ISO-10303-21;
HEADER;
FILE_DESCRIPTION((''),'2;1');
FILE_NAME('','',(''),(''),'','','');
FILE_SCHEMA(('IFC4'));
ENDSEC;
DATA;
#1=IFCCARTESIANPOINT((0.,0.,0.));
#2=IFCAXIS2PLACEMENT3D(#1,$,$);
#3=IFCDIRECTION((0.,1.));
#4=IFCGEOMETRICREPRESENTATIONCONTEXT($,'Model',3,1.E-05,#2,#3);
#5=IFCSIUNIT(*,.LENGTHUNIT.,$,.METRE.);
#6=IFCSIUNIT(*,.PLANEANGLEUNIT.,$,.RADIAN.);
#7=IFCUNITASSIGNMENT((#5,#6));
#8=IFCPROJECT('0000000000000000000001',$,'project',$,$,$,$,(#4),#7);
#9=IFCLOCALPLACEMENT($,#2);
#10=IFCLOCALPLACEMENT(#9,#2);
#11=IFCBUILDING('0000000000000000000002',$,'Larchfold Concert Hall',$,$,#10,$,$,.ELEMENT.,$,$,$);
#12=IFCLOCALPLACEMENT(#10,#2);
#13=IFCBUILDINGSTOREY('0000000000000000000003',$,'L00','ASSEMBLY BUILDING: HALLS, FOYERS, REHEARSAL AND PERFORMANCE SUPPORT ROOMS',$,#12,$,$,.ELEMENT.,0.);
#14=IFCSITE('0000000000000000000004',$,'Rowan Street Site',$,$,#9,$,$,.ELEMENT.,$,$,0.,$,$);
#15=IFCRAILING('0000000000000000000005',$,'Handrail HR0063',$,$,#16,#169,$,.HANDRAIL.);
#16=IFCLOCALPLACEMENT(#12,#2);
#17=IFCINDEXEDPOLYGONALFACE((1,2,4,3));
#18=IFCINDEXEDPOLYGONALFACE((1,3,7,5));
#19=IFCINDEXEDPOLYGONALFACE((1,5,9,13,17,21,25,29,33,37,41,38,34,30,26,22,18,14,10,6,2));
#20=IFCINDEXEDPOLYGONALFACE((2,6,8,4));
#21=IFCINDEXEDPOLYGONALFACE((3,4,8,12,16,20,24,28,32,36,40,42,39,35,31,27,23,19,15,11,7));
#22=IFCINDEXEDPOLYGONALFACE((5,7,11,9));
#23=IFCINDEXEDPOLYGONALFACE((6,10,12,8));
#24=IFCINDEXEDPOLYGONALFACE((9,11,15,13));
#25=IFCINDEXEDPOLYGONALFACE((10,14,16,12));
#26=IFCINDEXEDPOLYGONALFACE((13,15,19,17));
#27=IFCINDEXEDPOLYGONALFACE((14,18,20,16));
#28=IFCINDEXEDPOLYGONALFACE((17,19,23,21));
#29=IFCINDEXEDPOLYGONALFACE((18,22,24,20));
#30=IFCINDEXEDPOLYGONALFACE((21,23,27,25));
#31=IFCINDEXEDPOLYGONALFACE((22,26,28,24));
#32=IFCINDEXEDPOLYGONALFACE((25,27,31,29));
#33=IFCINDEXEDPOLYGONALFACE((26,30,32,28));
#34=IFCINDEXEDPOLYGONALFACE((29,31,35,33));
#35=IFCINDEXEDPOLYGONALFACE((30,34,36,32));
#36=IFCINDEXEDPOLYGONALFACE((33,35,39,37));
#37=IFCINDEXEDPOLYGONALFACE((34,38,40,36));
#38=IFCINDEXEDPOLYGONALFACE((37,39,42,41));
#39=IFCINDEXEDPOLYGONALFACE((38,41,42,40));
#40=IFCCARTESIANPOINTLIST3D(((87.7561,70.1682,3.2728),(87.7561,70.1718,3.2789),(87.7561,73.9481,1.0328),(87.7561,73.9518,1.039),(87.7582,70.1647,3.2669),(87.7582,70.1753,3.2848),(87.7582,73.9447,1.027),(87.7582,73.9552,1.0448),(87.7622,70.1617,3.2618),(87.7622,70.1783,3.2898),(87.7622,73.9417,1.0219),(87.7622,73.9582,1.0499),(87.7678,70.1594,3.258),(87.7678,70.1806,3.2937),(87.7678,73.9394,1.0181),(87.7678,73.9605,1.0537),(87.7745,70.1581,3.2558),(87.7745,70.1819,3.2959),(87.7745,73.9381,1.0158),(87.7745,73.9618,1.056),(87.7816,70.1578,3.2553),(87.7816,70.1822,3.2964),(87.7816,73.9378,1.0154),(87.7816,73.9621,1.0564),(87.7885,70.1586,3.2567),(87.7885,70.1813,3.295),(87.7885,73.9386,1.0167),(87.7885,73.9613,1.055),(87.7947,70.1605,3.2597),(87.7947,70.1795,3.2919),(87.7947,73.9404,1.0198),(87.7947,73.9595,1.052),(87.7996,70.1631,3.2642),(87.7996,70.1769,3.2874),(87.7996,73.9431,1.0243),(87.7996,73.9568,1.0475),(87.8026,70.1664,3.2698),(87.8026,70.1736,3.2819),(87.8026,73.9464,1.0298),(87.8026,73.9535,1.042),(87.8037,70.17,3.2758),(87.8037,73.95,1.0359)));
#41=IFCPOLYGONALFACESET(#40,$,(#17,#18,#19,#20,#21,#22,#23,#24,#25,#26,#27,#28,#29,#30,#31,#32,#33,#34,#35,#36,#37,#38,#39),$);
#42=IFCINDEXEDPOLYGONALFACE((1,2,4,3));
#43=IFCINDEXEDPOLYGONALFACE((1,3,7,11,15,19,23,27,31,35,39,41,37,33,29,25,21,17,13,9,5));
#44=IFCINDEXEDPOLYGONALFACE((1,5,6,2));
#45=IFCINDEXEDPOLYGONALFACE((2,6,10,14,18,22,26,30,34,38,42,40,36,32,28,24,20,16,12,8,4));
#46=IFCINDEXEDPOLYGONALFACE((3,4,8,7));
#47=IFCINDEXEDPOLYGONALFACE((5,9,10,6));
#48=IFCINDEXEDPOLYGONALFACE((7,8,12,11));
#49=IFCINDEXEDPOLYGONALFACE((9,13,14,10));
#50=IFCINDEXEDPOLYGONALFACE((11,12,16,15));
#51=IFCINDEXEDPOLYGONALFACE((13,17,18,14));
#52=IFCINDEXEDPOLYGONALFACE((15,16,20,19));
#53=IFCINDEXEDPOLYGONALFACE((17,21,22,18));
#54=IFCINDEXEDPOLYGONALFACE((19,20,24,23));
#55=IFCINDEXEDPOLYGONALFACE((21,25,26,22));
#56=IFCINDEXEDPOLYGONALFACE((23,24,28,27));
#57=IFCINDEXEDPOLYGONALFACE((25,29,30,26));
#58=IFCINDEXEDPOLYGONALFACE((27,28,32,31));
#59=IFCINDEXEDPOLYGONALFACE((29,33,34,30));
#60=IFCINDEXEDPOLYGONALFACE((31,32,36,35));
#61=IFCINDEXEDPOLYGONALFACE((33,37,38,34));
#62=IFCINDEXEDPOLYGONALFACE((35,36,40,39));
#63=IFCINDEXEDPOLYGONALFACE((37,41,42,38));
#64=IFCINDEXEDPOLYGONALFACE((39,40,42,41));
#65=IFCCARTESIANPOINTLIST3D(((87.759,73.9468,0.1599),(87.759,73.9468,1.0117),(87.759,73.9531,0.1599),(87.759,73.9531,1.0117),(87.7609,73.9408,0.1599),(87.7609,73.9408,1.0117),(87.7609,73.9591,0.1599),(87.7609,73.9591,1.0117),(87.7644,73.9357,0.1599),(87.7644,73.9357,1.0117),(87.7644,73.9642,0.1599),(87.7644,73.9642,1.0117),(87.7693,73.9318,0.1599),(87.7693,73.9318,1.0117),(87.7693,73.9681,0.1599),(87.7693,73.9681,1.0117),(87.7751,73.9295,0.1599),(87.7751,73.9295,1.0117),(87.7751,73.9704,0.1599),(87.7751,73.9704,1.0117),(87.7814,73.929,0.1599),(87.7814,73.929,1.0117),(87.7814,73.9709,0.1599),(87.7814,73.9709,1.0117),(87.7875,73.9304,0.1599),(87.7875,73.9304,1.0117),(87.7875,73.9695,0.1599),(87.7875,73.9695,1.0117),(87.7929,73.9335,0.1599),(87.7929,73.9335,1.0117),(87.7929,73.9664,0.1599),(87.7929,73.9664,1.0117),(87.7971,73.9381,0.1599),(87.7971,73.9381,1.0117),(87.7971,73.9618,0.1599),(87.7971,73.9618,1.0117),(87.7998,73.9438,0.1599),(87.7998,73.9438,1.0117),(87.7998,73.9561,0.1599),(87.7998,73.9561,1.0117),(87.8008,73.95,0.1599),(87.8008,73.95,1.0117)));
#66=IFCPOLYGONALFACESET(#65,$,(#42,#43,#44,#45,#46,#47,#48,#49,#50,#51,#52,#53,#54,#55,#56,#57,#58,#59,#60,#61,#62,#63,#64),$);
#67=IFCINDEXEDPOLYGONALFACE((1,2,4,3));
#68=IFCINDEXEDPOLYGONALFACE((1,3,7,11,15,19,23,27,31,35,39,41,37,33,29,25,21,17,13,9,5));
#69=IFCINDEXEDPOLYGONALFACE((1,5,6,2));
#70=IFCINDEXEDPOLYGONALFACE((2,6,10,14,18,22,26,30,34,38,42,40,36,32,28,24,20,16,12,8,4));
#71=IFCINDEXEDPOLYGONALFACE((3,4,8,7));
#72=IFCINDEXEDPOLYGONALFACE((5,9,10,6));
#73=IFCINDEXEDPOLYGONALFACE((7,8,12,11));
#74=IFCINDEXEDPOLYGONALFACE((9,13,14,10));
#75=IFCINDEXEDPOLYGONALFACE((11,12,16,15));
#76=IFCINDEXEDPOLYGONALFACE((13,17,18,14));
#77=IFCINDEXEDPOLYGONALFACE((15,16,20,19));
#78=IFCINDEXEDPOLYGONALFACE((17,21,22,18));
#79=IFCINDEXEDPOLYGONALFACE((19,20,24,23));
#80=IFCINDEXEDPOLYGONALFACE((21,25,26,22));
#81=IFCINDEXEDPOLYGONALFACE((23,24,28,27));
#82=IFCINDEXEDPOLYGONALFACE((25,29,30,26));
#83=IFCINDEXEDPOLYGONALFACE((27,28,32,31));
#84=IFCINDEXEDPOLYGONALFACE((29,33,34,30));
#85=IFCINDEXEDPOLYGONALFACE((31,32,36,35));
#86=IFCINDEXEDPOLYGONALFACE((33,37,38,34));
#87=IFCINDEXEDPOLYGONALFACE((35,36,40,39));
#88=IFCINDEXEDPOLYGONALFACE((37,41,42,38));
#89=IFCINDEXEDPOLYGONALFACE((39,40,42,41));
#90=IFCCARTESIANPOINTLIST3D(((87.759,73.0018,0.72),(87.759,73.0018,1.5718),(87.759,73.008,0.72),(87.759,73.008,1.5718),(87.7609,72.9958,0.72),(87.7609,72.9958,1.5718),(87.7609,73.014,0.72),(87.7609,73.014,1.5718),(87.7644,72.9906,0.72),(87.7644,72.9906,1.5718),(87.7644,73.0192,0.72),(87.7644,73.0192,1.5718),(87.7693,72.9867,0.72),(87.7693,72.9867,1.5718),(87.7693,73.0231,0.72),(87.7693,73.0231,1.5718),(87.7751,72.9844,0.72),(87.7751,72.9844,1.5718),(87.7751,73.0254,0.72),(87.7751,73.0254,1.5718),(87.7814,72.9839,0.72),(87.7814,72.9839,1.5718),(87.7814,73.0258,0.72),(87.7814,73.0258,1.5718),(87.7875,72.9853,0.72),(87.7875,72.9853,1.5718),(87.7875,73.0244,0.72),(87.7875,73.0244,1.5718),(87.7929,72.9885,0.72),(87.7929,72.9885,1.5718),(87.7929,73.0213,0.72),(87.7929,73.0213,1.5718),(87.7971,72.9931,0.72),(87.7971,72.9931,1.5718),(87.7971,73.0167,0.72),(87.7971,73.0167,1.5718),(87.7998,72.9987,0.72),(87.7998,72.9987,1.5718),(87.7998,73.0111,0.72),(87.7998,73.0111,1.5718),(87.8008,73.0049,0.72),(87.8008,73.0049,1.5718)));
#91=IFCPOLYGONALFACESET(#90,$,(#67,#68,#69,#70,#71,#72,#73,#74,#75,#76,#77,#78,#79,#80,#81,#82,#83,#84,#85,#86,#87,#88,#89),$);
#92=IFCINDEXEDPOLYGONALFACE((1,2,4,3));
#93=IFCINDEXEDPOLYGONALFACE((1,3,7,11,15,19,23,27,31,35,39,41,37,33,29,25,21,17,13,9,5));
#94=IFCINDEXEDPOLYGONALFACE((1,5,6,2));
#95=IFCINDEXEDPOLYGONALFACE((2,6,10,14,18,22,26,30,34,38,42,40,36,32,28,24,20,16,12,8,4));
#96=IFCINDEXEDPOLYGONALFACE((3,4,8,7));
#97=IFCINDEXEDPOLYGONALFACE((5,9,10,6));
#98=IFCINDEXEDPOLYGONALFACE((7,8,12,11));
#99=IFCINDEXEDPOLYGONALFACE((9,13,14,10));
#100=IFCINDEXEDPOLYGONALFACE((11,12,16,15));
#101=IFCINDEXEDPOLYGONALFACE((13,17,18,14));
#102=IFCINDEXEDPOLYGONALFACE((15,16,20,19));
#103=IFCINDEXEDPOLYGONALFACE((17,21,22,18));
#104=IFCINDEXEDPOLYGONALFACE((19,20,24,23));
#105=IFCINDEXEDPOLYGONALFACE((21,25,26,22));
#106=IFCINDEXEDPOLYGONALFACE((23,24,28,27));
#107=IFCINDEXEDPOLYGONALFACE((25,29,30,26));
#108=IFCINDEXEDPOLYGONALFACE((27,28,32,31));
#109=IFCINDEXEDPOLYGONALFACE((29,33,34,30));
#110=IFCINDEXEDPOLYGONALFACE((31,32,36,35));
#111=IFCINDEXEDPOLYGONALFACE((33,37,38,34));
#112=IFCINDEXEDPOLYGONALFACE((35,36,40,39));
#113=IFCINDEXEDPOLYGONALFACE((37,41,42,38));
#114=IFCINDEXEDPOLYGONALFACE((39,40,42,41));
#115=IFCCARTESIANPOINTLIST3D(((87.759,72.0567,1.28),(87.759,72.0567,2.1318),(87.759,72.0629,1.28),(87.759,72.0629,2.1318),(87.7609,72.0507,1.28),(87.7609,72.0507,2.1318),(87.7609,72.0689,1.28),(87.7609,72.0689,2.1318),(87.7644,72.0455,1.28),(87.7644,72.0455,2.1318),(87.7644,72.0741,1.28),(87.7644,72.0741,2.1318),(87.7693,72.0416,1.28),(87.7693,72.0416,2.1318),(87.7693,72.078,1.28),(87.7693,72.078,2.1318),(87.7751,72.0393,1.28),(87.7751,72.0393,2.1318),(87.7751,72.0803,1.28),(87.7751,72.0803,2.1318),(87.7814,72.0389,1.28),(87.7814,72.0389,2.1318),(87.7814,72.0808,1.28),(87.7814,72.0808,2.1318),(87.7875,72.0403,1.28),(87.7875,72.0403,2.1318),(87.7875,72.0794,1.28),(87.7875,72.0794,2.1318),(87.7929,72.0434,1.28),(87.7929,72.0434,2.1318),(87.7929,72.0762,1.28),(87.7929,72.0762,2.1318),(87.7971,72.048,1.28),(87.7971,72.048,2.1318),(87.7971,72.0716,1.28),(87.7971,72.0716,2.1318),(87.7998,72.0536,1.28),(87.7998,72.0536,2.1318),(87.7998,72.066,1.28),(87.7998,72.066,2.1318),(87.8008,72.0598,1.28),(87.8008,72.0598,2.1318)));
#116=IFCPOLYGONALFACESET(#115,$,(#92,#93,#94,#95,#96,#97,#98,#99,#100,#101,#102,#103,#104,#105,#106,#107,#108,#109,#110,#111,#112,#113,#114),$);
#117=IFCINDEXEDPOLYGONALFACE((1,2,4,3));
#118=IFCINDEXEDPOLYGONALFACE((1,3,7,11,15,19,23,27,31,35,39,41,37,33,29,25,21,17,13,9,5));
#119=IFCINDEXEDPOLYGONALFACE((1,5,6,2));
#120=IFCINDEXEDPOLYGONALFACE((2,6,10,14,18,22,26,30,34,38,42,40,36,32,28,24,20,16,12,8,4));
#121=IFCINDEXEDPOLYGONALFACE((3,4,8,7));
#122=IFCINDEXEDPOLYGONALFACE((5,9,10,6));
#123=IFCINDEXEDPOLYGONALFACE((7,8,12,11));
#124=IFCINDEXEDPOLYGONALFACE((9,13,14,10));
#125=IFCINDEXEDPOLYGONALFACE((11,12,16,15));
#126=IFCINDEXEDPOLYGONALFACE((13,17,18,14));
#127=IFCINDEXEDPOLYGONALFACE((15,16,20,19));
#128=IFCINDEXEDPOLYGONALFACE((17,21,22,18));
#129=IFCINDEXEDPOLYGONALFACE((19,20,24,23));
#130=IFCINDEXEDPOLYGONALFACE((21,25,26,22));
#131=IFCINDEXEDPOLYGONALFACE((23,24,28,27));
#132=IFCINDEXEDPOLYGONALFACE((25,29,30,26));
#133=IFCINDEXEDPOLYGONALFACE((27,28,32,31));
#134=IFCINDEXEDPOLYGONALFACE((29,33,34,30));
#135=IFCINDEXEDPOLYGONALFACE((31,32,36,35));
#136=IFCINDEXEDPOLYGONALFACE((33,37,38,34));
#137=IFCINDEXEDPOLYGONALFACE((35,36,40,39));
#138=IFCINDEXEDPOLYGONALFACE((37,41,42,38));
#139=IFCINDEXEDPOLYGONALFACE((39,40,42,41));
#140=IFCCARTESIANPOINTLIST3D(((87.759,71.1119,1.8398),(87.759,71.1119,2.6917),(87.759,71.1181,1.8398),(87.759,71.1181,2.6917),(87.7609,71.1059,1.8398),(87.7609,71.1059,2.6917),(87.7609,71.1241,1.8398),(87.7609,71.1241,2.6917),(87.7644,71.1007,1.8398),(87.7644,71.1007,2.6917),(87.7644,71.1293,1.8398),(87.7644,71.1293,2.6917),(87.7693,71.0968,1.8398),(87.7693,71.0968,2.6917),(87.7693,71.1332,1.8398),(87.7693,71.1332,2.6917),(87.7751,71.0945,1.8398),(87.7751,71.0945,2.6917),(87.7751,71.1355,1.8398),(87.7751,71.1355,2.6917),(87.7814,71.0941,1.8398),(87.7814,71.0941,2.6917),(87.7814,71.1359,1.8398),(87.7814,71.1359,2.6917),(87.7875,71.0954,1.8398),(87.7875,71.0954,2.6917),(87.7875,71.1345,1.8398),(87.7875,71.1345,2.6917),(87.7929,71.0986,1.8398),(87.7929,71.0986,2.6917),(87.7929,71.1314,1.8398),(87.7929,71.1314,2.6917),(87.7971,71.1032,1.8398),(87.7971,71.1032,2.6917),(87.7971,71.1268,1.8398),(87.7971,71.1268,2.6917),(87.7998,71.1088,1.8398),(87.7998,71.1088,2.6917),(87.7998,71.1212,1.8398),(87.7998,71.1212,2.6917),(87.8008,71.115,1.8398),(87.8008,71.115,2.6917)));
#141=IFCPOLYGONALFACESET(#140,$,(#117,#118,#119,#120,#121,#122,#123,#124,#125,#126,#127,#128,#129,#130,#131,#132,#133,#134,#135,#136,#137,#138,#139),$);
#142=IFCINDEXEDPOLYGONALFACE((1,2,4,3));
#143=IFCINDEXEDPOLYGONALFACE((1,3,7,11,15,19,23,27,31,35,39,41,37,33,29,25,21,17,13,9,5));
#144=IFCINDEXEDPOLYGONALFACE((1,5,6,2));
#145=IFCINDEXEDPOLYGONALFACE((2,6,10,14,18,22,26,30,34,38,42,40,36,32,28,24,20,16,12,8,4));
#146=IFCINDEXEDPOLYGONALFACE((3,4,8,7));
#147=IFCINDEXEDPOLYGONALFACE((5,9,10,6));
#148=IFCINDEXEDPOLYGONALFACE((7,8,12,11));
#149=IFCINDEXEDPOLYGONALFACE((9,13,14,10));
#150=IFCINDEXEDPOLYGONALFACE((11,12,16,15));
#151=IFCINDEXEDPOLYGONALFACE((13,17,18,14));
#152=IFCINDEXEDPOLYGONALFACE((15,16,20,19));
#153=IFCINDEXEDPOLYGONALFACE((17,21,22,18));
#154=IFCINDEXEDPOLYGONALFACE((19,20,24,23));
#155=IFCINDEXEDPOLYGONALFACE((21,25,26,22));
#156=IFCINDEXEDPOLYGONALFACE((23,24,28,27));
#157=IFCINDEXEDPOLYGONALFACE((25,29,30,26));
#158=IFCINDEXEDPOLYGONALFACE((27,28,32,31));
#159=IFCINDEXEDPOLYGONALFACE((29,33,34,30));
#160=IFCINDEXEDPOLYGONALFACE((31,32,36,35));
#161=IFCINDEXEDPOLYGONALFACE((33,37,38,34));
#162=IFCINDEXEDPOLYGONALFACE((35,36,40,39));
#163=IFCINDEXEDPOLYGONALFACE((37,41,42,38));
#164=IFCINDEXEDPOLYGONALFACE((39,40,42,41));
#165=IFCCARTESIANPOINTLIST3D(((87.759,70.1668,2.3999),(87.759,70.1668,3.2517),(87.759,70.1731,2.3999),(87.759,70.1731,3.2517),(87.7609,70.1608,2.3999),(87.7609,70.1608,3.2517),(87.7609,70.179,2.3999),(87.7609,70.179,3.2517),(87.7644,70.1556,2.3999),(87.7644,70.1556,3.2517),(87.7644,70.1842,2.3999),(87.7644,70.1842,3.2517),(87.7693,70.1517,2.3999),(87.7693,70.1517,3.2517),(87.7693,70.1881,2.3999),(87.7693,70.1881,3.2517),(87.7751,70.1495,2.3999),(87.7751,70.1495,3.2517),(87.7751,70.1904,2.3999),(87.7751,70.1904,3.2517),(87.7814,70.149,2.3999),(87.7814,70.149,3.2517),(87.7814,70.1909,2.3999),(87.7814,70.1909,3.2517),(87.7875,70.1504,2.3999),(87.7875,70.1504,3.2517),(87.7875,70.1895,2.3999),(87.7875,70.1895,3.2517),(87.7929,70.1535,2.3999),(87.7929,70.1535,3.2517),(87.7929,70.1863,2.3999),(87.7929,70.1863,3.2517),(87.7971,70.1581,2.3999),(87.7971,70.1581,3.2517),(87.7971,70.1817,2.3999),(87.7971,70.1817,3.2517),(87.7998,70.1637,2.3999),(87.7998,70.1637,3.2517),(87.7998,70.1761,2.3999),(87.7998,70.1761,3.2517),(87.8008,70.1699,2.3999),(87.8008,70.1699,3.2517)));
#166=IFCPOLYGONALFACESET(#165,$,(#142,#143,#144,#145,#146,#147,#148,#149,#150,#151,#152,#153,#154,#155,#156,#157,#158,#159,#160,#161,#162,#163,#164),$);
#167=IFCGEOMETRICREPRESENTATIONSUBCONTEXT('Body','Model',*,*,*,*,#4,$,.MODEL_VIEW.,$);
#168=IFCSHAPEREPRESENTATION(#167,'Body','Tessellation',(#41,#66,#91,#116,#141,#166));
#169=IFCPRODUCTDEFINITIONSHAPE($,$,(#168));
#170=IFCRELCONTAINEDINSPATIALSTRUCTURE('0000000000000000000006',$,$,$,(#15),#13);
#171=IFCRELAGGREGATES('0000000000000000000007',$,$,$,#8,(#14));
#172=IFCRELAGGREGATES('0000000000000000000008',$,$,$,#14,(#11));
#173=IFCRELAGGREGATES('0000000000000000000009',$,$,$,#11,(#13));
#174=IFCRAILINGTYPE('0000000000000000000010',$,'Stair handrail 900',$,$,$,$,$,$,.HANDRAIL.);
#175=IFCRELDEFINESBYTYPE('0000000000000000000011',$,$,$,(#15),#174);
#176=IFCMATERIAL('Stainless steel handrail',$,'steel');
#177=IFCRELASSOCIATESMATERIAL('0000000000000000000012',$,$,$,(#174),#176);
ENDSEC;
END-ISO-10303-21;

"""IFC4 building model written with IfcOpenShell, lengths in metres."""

from ifc_helpers import new_model, si_unit, direction, frame, origin, origin_2d, place, context, subcontext, project, spatial, circle, extrude, material, type_object, element, save


model = new_model("IFC4")

# Units and contexts
model_context = context("Model", 3, precision=1e-05, world=origin(), true_north=direction((0.0, 1.0)))
body_context = subcontext(model_context, "Body", "Model", "MODEL_VIEW")
ifc_project = project(units=[si_unit("LENGTHUNIT", "METRE"), si_unit("PLANEANGLEUNIT", "RADIAN")], contexts=[model_context])

# Site, building, storey
site_placement = place(None, origin())
site = spatial("IfcSite", under=ifc_project, at=site_placement, Name="Rowan Street Site", CompositionType="ELEMENT", RefElevation=0.0)
building_placement = place(site_placement, origin())
building = spatial("IfcBuilding", under=site, at=building_placement, Name="Larchfold Concert Hall", CompositionType="ELEMENT")
storey_placement = place(building_placement, origin())
storey = spatial("IfcBuildingStorey", under=building, at=storey_placement, Name="L00", Description="ASSEMBLY BUILDING: HALLS, FOYERS, REHEARSAL AND PERFORMANCE SUPPORT ROOMS", CompositionType="ELEMENT", Elevation=0.0)

# Railing
ifc_material_1 = material(Name="Stainless steel handrail", Category="steel")
railing_type_1 = type_object("IfcRailingType", Name="Stair handrail 900", PredefinedType="HANDRAIL", material=ifc_material_1)
for number, where, name in (
    (1, (87.7798, 73.95, 0.1599), "Handrail HR0063"),
):
    element("IfcRailing", number, at=place(storey_placement, frame(where)), inside=storey, type_object=railing_type_1, Name=name, PredefinedType="HANDRAIL", context=body_context, shape_type="SweptSolid", body=[
        extrude(circle(Radius=0.0239, at=origin_2d()), frame((0.0, 0.0, 0.876), z_axis=(0.0, -0.860294, 0.509798), x_axis=(1.0, 0.0, 0.0)), (0.0, 0.0, 1.0), 4.3938),
        extrude(circle(Radius=0.021, at=origin_2d()), origin(), (0.0, 0.0, 1.0), 0.8518),
        extrude(circle(Radius=0.021, at=origin_2d()), frame((0.0, -0.9451, 0.5601)), (0.0, 0.0, 1.0), 0.8518),
        extrude(circle(Radius=0.021, at=origin_2d()), frame((0.0, -1.8901, 1.1201)), (0.0, 0.0, 1.0), 0.8518),
        extrude(circle(Radius=0.021, at=origin_2d()), frame((0.0, -2.835, 1.6799)), (0.0, 0.0, 1.0), 0.8518),
        extrude(circle(Radius=0.021, at=origin_2d()), frame((0.0, -3.78, 2.24)), (0.0, 0.0, 1.0), 0.8518),
    ])

save(model, "model.ifc")
